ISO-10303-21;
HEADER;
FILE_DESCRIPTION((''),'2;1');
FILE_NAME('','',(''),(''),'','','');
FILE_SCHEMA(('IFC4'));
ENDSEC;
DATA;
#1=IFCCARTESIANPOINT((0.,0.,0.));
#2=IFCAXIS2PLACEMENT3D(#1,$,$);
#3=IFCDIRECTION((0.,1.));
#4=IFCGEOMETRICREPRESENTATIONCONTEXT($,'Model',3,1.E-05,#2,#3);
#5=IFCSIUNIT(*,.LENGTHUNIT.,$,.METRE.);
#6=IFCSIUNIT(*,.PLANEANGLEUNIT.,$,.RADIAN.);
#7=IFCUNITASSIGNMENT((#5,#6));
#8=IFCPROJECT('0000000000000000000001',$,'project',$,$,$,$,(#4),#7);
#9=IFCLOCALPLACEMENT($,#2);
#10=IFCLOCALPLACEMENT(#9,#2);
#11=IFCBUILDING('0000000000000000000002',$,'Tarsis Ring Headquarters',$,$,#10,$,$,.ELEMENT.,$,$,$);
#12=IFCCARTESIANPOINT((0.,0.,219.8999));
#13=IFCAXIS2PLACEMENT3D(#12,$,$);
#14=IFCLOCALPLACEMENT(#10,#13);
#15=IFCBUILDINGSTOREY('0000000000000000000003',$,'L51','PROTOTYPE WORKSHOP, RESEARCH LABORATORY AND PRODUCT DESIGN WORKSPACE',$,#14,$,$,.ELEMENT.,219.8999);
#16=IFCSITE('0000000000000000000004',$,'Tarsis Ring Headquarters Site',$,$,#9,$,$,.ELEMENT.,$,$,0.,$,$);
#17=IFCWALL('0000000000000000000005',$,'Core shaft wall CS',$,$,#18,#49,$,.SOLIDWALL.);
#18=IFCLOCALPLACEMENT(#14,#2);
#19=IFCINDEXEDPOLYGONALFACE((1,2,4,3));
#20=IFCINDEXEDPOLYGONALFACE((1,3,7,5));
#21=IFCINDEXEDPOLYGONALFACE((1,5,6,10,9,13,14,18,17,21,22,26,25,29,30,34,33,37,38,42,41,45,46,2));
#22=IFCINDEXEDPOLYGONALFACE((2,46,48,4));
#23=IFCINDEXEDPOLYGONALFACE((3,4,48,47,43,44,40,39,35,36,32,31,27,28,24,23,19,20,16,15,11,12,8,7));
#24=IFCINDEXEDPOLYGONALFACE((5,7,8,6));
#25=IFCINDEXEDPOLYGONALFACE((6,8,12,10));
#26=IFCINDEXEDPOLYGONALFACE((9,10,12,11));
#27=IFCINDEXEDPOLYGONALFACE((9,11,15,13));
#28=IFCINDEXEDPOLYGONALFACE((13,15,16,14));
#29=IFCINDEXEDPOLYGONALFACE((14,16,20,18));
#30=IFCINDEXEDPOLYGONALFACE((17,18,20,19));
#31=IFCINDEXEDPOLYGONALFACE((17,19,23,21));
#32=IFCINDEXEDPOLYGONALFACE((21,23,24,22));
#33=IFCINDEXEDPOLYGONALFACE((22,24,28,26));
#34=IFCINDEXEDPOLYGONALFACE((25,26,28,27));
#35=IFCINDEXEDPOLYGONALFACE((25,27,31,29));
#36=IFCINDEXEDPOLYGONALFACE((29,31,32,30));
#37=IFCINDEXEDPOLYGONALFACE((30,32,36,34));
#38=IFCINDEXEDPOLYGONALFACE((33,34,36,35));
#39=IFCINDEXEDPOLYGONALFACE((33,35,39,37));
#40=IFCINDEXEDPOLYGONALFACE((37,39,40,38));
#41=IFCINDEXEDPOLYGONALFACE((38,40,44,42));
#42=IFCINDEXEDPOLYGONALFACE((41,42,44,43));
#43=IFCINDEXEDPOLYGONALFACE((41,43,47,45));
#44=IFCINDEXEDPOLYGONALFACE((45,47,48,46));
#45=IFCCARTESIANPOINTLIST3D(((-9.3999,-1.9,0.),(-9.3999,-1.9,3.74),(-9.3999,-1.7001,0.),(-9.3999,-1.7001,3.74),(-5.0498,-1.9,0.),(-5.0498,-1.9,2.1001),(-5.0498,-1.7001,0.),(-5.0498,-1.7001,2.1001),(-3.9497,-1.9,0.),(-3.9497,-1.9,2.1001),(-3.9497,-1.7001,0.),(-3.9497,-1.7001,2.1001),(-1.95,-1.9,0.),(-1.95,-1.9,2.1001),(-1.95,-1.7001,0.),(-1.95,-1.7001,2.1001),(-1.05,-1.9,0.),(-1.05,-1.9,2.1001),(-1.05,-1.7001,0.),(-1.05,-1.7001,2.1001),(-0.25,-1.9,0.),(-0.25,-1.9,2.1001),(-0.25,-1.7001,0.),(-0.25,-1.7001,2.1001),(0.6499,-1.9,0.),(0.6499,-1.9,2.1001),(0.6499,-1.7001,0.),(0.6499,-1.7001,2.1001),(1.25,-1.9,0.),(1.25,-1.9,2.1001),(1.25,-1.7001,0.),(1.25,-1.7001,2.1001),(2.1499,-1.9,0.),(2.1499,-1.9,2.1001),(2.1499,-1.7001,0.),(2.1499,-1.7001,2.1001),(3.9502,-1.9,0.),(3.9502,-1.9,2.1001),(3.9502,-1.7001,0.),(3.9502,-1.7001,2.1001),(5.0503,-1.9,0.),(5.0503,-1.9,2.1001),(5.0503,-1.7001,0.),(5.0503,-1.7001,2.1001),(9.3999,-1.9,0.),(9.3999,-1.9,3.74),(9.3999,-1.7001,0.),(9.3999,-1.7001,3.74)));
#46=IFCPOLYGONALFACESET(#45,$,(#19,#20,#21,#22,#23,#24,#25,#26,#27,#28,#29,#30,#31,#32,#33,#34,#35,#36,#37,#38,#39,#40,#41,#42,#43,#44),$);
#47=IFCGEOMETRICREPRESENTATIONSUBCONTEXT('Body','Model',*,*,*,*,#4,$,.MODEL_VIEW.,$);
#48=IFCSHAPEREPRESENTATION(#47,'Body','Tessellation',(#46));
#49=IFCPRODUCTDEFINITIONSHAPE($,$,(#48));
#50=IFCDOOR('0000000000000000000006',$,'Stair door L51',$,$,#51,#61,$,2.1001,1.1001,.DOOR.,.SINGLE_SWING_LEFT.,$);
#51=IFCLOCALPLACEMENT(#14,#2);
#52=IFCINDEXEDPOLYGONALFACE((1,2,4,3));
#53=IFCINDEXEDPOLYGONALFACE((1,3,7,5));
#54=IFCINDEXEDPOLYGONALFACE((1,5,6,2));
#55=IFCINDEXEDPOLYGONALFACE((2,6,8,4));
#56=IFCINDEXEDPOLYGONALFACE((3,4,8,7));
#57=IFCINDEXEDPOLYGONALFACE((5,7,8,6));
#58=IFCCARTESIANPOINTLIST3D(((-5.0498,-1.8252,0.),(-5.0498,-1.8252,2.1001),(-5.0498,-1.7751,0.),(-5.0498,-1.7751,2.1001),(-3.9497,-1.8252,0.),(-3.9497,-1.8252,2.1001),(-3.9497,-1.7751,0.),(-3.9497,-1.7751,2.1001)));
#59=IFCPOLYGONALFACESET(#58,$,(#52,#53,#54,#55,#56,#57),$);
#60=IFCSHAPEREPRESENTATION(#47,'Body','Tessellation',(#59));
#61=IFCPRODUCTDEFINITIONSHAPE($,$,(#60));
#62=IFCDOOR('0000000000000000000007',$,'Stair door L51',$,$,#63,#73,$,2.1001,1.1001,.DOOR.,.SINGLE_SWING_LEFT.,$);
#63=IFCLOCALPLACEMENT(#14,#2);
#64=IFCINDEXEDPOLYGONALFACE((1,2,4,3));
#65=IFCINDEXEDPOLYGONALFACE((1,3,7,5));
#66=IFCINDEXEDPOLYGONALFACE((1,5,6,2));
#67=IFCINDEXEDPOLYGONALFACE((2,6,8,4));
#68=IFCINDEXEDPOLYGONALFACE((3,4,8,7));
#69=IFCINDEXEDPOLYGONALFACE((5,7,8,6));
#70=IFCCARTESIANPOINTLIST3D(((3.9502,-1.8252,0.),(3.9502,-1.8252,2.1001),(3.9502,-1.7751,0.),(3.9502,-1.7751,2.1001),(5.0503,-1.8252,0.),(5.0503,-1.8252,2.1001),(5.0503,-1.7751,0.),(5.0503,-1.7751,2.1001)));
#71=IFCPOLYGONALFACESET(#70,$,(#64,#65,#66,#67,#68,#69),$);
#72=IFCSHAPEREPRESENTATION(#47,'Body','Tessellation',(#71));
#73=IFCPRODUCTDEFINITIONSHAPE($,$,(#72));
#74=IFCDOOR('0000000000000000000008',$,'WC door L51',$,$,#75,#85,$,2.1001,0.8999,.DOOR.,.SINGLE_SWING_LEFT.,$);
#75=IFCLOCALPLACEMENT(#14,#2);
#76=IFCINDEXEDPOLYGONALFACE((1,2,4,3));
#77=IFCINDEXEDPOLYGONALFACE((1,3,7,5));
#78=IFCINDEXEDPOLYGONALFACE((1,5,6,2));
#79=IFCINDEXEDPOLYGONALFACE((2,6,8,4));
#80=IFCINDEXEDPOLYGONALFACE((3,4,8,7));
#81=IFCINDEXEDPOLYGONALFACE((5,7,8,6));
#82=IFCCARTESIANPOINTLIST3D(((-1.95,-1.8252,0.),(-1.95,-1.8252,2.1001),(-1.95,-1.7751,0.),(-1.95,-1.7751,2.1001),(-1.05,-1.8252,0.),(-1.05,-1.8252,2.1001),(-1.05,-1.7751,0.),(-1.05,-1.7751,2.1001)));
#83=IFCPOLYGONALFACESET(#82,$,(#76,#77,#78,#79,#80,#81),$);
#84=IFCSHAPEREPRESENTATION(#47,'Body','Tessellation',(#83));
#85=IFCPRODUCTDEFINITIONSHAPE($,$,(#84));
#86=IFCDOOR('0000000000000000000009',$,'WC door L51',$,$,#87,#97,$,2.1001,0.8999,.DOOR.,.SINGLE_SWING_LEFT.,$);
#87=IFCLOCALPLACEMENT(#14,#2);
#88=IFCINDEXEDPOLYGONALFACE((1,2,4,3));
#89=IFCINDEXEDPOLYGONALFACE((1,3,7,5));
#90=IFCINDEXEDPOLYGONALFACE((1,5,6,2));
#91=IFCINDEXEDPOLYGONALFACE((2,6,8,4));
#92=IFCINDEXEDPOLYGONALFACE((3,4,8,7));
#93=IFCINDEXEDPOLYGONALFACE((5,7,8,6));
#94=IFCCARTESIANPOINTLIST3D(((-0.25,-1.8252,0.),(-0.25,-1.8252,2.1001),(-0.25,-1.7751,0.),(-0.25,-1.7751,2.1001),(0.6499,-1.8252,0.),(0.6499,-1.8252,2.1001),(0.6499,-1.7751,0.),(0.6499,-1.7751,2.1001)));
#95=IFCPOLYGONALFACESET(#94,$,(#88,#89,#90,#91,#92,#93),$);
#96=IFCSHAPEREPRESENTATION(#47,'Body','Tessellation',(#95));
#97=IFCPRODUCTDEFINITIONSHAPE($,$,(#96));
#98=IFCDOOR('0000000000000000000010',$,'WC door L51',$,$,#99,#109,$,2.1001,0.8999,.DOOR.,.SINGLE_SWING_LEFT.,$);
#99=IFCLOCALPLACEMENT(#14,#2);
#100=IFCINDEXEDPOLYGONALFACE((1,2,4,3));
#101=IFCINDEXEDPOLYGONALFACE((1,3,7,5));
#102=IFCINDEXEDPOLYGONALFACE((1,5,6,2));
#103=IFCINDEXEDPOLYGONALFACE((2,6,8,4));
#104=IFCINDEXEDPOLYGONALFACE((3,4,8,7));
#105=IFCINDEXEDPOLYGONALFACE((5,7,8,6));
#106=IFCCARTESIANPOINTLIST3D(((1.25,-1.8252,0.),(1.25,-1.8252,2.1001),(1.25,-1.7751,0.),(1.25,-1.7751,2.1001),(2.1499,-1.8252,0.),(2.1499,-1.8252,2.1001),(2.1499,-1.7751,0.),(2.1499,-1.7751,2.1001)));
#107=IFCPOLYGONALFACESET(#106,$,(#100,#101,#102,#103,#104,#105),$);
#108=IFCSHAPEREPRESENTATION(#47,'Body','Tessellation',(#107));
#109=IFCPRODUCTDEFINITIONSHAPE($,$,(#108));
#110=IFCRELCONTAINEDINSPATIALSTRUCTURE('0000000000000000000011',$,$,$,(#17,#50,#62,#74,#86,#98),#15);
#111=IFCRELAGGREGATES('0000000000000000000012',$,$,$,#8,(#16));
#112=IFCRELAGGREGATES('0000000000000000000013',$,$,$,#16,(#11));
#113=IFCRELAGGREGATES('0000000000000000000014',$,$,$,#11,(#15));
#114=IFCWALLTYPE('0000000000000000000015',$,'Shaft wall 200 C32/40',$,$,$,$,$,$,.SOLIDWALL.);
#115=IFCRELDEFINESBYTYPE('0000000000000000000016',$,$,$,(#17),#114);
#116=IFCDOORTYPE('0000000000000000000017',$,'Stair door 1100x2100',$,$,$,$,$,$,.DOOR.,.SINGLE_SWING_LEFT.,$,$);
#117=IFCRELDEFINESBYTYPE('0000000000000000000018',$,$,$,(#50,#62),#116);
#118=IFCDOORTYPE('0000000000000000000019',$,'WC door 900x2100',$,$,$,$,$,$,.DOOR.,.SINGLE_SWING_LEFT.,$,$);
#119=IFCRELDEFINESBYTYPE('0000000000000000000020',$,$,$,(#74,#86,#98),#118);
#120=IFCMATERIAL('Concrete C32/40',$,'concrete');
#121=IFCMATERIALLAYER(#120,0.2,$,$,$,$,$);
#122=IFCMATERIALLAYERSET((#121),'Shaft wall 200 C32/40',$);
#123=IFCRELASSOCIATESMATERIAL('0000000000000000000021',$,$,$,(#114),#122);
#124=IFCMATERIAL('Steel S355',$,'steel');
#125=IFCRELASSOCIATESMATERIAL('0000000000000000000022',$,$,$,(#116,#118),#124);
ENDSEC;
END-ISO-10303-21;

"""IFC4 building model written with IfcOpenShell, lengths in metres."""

from ifc_helpers import new_model, si_unit, direction, frame, frame_2d, origin, place, context, subcontext, project, spatial, rectangle, extrude, material, layer, layer_set, type_object, element, fill, save


model = new_model("IFC4")

# Units and contexts
model_context = context("Model", 3, precision=1e-05, world=origin(), true_north=direction((0.0, 1.0)))
body_context = subcontext(model_context, "Body", "Model", "MODEL_VIEW")
ifc_project = project(units=[si_unit("LENGTHUNIT", "METRE"), si_unit("PLANEANGLEUNIT", "RADIAN")], contexts=[model_context])

# Site, building, storey
site_placement = place(None, origin())
site = spatial("IfcSite", under=ifc_project, at=site_placement, Name="Tarsis Ring Headquarters Site", CompositionType="ELEMENT", RefElevation=0.0)
building_placement = place(site_placement, origin())
building = spatial("IfcBuilding", under=site, at=building_placement, Name="Tarsis Ring Headquarters", CompositionType="ELEMENT")
storey_placement = place(building_placement, frame((0.0, 0.0, 219.8999)))
storey = spatial("IfcBuildingStorey", under=building, at=storey_placement, Name="L51", Description="PROTOTYPE WORKSHOP, RESEARCH LABORATORY AND PRODUCT DESIGN WORKSPACE", CompositionType="ELEMENT", Elevation=219.8999)

# Shared definitions
ifc_material_1 = material(Name="Steel S355", Category="steel")

# Wall, openings, doors
ifc_material_2 = material(Name="Concrete C32/40", Category="concrete")
ifc_layer_1 = layer(ifc_material_2, 0.2)
ifc_layer_set_1 = layer_set([ifc_layer_1], Name="Shaft wall 200 C32/40")
wall_type_1 = type_object("IfcWallType", Name="Shaft wall 200 C32/40", PredefinedType="SOLIDWALL", material=ifc_layer_set_1)
door_type_1 = type_object("IfcDoorType", Name="Stair door 1100x2100", OperationType="SINGLE_SWING_LEFT", PredefinedType="DOOR", material=ifc_material_1)
wall_1_placement = place(storey_placement, frame((-9.3999, -1.8, 0.0), z_axis=(0.0, 0.0, 1.0), x_axis=(1.0, 0.0, 0.0)))
wall_1 = element("IfcWall", 1, at=wall_1_placement, inside=storey, type_object=wall_type_1, Name="Core shaft wall CS", PredefinedType="SOLIDWALL", context=body_context, shape_type="SweptSolid", body=[
    extrude(rectangle(XDim=18.7998, YDim=0.2, at=frame_2d((9.3999, 0.0))), origin(), (0.0, 0.0, 1.0), 3.74),
])
opening_1_placement = place(wall_1_placement, frame((4.3501, 0.0, 0.0)))
opening_1 = element("IfcOpeningElement", 2, at=opening_1_placement, cuts=wall_1, PredefinedType="OPENING", context=body_context, shape_type="SweptSolid", body=[
    extrude(rectangle(XDim=1.1001, YDim=2.1001, at=frame_2d((0.55, 1.05))), frame((0.0, 0.1099, 0.0), z_axis=(0.0, -1.0, 0.0), x_axis=(1.0, 0.0, 0.0)), (0.0, 0.0, 1.0), 0.22),
])
opening_2_placement = place(wall_1_placement, frame((7.45, 0.0, 0.0)))
opening_2 = element("IfcOpeningElement", 3, at=opening_2_placement, cuts=wall_1, PredefinedType="OPENING", context=body_context, shape_type="SweptSolid", body=[
    extrude(rectangle(XDim=0.8999, YDim=2.1001, at=frame_2d((0.45, 1.05))), frame((0.0, 0.1099, 0.0), z_axis=(0.0, -1.0, 0.0), x_axis=(1.0, 0.0, 0.0)), (0.0, 0.0, 1.0), 0.22),
])
opening_3_placement = place(wall_1_placement, frame((9.1499, 0.0, 0.0)))
opening_3 = element("IfcOpeningElement", 4, at=opening_3_placement, cuts=wall_1, PredefinedType="OPENING", context=body_context, shape_type="SweptSolid", body=[
    extrude(rectangle(XDim=0.8999, YDim=2.1001, at=frame_2d((0.45, 1.05))), frame((0.0, 0.1099, 0.0), z_axis=(0.0, -1.0, 0.0), x_axis=(1.0, 0.0, 0.0)), (0.0, 0.0, 1.0), 0.22),
])
opening_4_placement = place(wall_1_placement, frame((10.6499, 0.0, 0.0)))
opening_4 = element("IfcOpeningElement", 5, at=opening_4_placement, cuts=wall_1, PredefinedType="OPENING", context=body_context, shape_type="SweptSolid", body=[
    extrude(rectangle(XDim=0.8999, YDim=2.1001, at=frame_2d((0.45, 1.05))), frame((0.0, 0.1099, 0.0), z_axis=(0.0, -1.0, 0.0), x_axis=(1.0, 0.0, 0.0)), (0.0, 0.0, 1.0), 0.22),
])
opening_5_placement = place(wall_1_placement, frame((13.3501, 0.0, 0.0)))
opening_5 = element("IfcOpeningElement", 6, at=opening_5_placement, cuts=wall_1, PredefinedType="OPENING", context=body_context, shape_type="SweptSolid", body=[
    extrude(rectangle(XDim=1.1001, YDim=2.1001, at=frame_2d((0.55, 1.05))), frame((0.0, 0.1099, 0.0), z_axis=(0.0, -1.0, 0.0), x_axis=(1.0, 0.0, 0.0)), (0.0, 0.0, 1.0), 0.22),
])
door_1_placement = place(opening_1_placement, origin())
door_1 = element("IfcDoor", 7, at=door_1_placement, inside=storey, type_object=door_type_1, Name="Stair door L51", OperationType="SINGLE_SWING_LEFT", OverallHeight=2.1001, OverallWidth=1.1001, PredefinedType="DOOR", context=body_context, shape_type="SweptSolid", body=[
    extrude(rectangle(XDim=1.1001, YDim=2.1001, at=frame_2d((0.55, 1.05))), frame((0.0, 0.0249, 0.0), z_axis=(0.0, -1.0, 0.0), x_axis=(1.0, 0.0, 0.0)), (0.0, 0.0, 1.0), 0.05),
])
fill(opening_1, door_1)
door_2_placement = place(opening_5_placement, origin())
door_2 = element("IfcDoor", 8, at=door_2_placement, inside=storey, type_object=door_type_1, Name="Stair door L51", OperationType="SINGLE_SWING_LEFT", OverallHeight=2.1001, OverallWidth=1.1001, PredefinedType="DOOR", context=body_context, shape_type="SweptSolid", body=[
    extrude(rectangle(XDim=1.1001, YDim=2.1001, at=frame_2d((0.55, 1.05))), frame((0.0, 0.0249, 0.0), z_axis=(0.0, -1.0, 0.0), x_axis=(1.0, 0.0, 0.0)), (0.0, 0.0, 1.0), 0.05),
])
fill(opening_5, door_2)
door_type_2 = type_object("IfcDoorType", Name="WC door 900x2100", OperationType="SINGLE_SWING_LEFT", PredefinedType="DOOR", material=ifc_material_1)
door_3_placement = place(opening_2_placement, origin())
door_3 = element("IfcDoor", 9, at=door_3_placement, inside=storey, type_object=door_type_2, Name="WC door L51", OperationType="SINGLE_SWING_LEFT", OverallHeight=2.1001, OverallWidth=0.8999, PredefinedType="DOOR", context=body_context, shape_type="SweptSolid", body=[
    extrude(rectangle(XDim=0.8999, YDim=2.1001, at=frame_2d((0.45, 1.05))), frame((0.0, 0.0249, 0.0), z_axis=(0.0, -1.0, 0.0), x_axis=(1.0, 0.0, 0.0)), (0.0, 0.0, 1.0), 0.05),
])
fill(opening_2, door_3)
door_4_placement = place(opening_3_placement, origin())
door_4 = element("IfcDoor", 10, at=door_4_placement, inside=storey, type_object=door_type_2, Name="WC door L51", OperationType="SINGLE_SWING_LEFT", OverallHeight=2.1001, OverallWidth=0.8999, PredefinedType="DOOR", context=body_context, shape_type="SweptSolid", body=[
    extrude(rectangle(XDim=0.8999, YDim=2.1001, at=frame_2d((0.45, 1.05))), frame((0.0, 0.0249, 0.0), z_axis=(0.0, -1.0, 0.0), x_axis=(1.0, 0.0, 0.0)), (0.0, 0.0, 1.0), 0.05),
])
fill(opening_3, door_4)
door_5_placement = place(opening_4_placement, origin())
door_5 = element("IfcDoor", 11, at=door_5_placement, inside=storey, type_object=door_type_2, Name="WC door L51", OperationType="SINGLE_SWING_LEFT", OverallHeight=2.1001, OverallWidth=0.8999, PredefinedType="DOOR", context=body_context, shape_type="SweptSolid", body=[
    extrude(rectangle(XDim=0.8999, YDim=2.1001, at=frame_2d((0.45, 1.05))), frame((0.0, 0.0249, 0.0), z_axis=(0.0, -1.0, 0.0), x_axis=(1.0, 0.0, 0.0)), (0.0, 0.0, 1.0), 0.05),
])
fill(opening_4, door_5)

save(model, "model.ifc")
